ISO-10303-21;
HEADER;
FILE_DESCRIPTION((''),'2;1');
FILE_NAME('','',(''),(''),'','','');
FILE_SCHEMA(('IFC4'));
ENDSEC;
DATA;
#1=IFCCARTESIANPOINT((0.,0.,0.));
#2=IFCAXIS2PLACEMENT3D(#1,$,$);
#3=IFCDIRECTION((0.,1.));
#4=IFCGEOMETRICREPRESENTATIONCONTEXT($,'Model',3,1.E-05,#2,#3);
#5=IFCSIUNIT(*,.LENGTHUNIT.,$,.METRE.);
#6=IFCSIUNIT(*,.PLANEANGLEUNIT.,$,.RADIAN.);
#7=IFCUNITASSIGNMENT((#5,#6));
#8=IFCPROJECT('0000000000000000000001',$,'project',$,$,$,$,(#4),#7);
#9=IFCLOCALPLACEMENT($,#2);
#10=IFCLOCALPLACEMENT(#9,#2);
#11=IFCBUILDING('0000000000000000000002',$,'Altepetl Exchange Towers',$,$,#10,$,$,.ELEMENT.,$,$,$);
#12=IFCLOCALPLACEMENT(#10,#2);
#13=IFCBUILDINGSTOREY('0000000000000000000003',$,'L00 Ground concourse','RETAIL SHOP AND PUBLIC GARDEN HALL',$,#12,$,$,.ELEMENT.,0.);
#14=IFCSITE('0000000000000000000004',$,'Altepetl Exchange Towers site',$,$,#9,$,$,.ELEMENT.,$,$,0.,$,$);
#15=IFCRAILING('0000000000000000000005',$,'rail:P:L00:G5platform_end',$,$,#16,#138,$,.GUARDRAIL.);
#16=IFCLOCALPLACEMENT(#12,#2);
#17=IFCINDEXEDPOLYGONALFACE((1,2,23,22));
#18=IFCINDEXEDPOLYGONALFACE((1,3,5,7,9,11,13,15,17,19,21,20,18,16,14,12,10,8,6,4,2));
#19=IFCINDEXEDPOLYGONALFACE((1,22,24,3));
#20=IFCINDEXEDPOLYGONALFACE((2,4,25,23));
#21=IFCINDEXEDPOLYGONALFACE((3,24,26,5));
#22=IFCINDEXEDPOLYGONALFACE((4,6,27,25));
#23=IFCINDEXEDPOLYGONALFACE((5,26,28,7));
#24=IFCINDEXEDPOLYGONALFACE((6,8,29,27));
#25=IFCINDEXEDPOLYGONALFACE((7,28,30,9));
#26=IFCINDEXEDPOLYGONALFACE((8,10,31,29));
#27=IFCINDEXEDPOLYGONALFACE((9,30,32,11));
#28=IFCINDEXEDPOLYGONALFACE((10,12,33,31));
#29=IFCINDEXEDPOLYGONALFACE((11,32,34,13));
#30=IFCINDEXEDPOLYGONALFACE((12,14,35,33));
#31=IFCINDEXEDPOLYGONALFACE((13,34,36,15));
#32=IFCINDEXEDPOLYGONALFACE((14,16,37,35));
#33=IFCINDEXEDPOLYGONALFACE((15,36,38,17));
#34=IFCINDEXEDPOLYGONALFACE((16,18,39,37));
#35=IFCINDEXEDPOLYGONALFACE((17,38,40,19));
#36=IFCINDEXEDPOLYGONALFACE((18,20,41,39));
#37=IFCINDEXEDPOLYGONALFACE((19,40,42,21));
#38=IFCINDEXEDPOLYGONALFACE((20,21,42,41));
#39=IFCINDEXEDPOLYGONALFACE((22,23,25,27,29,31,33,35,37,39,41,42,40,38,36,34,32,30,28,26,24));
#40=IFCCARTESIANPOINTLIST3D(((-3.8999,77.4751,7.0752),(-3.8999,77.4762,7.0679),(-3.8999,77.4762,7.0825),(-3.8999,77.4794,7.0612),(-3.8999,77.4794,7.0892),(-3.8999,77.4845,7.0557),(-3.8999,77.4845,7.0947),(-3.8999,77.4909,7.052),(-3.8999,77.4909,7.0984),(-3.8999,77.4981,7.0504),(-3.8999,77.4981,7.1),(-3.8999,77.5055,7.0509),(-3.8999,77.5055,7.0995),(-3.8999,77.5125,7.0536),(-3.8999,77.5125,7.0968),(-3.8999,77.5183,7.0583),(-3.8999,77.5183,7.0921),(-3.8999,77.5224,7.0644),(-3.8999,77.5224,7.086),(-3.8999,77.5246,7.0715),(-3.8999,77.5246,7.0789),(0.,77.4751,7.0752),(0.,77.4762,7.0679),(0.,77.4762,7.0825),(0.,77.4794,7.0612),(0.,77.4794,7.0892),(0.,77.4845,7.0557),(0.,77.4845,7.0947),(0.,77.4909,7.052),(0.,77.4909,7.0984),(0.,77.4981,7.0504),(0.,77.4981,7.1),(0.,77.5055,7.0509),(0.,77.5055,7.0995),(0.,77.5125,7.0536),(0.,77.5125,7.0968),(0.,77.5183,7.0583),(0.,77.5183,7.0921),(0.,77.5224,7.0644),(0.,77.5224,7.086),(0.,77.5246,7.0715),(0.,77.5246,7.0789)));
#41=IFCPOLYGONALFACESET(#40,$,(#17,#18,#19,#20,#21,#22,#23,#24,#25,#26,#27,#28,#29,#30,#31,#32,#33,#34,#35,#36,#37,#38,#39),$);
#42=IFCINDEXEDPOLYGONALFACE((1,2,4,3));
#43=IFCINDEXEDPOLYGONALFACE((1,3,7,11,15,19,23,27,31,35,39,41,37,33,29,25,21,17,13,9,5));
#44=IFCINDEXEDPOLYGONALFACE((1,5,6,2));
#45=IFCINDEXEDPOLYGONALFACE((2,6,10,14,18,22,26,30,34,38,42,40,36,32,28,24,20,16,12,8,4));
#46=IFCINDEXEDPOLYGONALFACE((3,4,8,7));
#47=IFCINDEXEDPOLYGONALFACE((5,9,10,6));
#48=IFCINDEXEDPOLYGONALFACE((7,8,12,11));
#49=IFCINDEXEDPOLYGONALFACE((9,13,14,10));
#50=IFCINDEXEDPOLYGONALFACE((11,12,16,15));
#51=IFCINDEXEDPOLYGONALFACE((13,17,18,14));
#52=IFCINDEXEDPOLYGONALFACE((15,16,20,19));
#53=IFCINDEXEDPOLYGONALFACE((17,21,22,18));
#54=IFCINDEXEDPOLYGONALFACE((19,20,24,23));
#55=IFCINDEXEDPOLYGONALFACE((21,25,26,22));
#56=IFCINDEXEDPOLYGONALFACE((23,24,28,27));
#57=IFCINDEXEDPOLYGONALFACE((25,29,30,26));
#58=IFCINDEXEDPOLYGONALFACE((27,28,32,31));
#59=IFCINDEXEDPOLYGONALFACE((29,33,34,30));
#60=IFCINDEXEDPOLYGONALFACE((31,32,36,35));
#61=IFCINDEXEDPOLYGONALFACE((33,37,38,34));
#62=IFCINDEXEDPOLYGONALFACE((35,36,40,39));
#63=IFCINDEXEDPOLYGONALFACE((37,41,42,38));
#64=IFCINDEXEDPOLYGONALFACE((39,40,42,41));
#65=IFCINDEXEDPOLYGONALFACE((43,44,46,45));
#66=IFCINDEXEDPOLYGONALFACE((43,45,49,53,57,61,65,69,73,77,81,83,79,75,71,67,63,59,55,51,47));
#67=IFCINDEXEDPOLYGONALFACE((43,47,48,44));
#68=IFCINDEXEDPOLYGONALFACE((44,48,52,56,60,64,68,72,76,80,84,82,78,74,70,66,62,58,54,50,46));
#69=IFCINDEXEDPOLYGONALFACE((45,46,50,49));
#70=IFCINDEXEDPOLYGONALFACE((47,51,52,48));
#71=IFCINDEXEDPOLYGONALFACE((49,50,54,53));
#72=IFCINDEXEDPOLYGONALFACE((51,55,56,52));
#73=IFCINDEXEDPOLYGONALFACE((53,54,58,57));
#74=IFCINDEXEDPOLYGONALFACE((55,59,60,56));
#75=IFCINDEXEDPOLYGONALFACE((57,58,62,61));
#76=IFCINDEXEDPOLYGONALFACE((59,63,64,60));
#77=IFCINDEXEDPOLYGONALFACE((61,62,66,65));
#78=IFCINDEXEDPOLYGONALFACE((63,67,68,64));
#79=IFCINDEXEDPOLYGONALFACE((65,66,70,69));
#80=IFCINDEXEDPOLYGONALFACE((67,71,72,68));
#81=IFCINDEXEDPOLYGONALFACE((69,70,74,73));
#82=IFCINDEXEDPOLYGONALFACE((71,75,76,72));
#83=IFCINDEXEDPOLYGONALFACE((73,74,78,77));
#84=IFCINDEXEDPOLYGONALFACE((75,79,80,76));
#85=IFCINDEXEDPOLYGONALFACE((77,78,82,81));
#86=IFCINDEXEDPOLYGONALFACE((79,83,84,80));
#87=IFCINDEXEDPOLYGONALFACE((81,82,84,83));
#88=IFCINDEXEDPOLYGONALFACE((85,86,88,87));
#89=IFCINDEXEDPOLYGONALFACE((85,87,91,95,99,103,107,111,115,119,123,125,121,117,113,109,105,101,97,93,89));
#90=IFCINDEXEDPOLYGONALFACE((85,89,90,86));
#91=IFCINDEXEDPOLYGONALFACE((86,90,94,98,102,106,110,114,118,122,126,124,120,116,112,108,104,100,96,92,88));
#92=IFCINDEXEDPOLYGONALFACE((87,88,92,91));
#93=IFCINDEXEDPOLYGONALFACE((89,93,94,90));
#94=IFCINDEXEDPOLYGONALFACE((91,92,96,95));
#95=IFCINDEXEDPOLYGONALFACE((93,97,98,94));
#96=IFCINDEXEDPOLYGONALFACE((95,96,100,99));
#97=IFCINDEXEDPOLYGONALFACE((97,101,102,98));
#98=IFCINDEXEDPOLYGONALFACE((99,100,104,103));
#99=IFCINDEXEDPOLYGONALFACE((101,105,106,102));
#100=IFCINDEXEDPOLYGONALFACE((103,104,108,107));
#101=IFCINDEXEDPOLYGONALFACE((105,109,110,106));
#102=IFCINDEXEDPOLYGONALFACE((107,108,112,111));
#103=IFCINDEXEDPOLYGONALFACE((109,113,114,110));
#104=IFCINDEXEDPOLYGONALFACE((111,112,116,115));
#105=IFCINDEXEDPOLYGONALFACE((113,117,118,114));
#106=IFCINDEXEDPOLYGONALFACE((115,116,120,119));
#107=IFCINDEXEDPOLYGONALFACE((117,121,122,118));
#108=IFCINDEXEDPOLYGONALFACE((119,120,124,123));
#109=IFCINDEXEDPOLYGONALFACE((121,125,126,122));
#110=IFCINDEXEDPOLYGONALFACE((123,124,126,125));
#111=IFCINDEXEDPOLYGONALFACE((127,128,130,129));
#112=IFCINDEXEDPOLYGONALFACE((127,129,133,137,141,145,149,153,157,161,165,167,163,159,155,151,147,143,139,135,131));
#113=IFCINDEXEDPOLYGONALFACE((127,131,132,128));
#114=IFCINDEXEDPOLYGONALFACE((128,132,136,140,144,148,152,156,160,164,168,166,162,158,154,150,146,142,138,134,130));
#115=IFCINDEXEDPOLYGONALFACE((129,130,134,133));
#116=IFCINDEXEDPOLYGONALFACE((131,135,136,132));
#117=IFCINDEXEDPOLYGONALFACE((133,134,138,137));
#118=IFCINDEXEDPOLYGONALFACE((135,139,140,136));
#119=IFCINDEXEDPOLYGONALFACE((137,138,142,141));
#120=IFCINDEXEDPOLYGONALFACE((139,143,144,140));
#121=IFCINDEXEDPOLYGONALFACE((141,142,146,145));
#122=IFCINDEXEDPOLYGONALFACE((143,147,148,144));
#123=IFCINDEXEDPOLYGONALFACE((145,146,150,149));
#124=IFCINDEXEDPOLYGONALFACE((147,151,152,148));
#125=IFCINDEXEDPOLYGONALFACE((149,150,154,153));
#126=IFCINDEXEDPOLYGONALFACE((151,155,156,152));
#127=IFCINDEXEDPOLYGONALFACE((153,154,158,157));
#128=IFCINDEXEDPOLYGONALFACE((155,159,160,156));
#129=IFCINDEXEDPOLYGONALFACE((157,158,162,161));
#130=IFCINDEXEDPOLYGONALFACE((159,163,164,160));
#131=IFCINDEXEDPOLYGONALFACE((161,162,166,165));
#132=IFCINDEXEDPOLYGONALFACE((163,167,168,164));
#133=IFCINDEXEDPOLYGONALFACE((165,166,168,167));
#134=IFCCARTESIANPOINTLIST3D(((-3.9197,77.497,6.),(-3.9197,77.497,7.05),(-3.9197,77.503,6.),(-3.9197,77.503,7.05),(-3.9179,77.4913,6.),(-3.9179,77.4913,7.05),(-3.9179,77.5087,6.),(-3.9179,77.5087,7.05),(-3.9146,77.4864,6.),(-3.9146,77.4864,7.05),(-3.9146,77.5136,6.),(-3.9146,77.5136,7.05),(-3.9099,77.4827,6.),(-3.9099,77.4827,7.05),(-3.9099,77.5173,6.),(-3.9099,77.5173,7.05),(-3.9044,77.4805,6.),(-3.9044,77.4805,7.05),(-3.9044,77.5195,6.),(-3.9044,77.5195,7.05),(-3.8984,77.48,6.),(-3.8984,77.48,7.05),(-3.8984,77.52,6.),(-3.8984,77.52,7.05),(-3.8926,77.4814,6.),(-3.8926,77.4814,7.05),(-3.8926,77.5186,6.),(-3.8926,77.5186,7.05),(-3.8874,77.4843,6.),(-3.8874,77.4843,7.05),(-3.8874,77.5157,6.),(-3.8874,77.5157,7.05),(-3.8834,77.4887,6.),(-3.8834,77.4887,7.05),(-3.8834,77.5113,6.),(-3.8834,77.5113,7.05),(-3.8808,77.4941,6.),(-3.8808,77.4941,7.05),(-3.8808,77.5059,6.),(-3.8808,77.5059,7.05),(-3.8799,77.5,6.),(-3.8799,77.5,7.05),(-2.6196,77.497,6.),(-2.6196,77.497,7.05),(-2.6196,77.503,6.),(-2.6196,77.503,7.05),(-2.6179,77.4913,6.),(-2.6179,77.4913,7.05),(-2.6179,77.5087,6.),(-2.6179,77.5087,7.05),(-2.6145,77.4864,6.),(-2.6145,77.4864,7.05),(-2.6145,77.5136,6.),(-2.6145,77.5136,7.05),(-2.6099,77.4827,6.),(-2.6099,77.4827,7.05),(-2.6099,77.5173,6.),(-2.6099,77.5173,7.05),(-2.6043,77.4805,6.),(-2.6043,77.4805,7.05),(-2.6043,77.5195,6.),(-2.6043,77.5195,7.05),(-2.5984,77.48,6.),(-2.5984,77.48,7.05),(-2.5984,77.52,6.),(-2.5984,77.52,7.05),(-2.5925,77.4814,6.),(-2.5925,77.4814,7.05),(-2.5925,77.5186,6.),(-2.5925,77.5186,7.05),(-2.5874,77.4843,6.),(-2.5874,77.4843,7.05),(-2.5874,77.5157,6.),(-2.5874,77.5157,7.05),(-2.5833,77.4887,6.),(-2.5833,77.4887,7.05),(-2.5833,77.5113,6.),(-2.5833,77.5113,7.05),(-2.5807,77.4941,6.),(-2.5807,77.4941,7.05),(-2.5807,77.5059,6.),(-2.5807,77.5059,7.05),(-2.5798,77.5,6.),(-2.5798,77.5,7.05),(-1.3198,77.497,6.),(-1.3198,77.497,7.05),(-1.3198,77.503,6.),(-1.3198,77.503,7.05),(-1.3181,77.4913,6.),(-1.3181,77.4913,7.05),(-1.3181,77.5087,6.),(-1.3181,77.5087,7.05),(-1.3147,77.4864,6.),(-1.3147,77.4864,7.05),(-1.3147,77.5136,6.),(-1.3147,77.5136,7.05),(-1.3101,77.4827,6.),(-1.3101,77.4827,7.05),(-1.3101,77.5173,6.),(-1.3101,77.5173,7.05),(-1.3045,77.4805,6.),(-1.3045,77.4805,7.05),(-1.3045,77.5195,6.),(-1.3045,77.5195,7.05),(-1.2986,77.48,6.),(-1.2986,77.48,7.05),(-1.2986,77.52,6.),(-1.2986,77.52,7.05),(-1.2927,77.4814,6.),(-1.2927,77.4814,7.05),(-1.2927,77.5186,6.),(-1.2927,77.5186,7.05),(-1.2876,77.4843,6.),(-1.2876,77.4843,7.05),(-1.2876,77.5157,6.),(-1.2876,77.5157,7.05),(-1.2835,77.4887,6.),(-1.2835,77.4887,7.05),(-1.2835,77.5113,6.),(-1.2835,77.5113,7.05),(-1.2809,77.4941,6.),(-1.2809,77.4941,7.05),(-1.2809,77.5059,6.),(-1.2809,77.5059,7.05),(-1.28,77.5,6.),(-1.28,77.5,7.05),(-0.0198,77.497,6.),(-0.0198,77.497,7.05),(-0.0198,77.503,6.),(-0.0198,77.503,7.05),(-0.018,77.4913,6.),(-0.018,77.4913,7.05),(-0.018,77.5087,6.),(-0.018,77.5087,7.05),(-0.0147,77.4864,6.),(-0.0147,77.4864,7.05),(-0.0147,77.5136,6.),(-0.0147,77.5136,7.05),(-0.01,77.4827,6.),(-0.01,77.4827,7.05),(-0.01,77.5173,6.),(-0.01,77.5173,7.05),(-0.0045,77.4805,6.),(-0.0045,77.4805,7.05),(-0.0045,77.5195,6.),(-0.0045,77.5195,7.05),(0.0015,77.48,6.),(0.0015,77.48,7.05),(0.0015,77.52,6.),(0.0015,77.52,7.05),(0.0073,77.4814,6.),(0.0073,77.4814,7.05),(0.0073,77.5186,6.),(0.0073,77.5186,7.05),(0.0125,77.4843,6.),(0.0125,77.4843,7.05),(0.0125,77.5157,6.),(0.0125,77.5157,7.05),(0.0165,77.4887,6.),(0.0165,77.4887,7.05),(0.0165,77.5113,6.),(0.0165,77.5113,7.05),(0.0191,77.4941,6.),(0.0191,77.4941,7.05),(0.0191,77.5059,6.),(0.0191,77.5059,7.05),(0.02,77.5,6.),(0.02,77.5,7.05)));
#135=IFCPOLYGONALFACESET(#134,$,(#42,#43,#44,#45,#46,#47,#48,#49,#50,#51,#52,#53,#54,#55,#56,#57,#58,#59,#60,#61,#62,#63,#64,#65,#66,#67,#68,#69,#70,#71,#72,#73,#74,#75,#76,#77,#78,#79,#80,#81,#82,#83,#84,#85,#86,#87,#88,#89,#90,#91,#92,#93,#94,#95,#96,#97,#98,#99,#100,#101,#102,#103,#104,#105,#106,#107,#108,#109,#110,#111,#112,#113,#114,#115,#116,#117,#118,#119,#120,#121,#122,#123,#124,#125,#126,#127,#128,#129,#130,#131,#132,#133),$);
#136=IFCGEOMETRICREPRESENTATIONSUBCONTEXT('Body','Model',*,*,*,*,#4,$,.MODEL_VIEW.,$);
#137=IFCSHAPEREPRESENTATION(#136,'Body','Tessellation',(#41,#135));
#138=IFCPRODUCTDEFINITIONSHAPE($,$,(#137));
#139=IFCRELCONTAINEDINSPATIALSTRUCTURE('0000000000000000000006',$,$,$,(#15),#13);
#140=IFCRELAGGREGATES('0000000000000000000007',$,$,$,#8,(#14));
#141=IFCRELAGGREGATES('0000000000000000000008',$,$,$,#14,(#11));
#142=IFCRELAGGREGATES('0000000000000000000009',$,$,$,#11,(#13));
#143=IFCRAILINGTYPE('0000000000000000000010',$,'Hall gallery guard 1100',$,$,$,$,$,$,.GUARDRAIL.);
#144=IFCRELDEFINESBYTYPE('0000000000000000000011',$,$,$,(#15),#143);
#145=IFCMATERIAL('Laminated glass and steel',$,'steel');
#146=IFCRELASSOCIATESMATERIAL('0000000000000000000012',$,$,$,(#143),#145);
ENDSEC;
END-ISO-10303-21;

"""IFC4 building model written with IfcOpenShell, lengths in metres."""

from ifc_helpers import new_model, si_unit, direction, frame, origin, origin_2d, place, context, subcontext, project, spatial, circle, extrude, source, transform, mapped, material, type_object, element, save


model = new_model("IFC4")

# Units and contexts
model_context = context("Model", 3, precision=1e-05, world=origin(), true_north=direction((0.0, 1.0)))
body_context = subcontext(model_context, "Body", "Model", "MODEL_VIEW")
ifc_project = project(units=[si_unit("LENGTHUNIT", "METRE"), si_unit("PLANEANGLEUNIT", "RADIAN")], contexts=[model_context])

# Site, building, storey
site_placement = place(None, origin())
site = spatial("IfcSite", under=ifc_project, at=site_placement, Name="Altepetl Exchange Towers site", CompositionType="ELEMENT", RefElevation=0.0)
building_placement = place(site_placement, origin())
building = spatial("IfcBuilding", under=site, at=building_placement, Name="Altepetl Exchange Towers", CompositionType="ELEMENT")
storey_placement = place(building_placement, origin())
storey = spatial("IfcBuildingStorey", under=building, at=storey_placement, Name="L00 Ground concourse", Description="RETAIL SHOP AND PUBLIC GARDEN HALL", CompositionType="ELEMENT", Elevation=0.0)

# Railing
ifc_material_1 = material(Name="Laminated glass and steel", Category="steel")
railing_type = type_object("IfcRailingType", Name="Hall gallery guard 1100", PredefinedType="GUARDRAIL", material=ifc_material_1)
shared_shape = source(origin(), body_context, "Body", "SweptSolid", [
    extrude(circle(Radius=0.02, at=origin_2d()), origin(), (0.0, 0.0, 1.0), 1.05),
])
railing_1_placement = place(storey_placement, frame((0.0, 77.5, 6.0)))
element("IfcRailing", 1, at=railing_1_placement, inside=storey, type_object=railing_type, Name="rail:P:L00:G5platform_end", PredefinedType="GUARDRAIL", context=body_context, shape_type="SweptSolid", body=[
    extrude(circle(Radius=0.0249, at=origin_2d()), frame((0.0, 0.0, 1.0752), z_axis=(-1.0, 0.0, 0.0), x_axis=(0.0, -1.0, 0.0)), (0.0, 0.0, 1.0), 3.8999),
    mapped(shared_shape, transform((0.0, 0.0, 0.0))),
    mapped(shared_shape, transform((-1.3, 0.0, 0.0))),
    mapped(shared_shape, transform((-2.5999, 0.0, 0.0))),
    mapped(shared_shape, transform((-3.8999, 0.0, 0.0))),
])

save(model, "model.ifc")
